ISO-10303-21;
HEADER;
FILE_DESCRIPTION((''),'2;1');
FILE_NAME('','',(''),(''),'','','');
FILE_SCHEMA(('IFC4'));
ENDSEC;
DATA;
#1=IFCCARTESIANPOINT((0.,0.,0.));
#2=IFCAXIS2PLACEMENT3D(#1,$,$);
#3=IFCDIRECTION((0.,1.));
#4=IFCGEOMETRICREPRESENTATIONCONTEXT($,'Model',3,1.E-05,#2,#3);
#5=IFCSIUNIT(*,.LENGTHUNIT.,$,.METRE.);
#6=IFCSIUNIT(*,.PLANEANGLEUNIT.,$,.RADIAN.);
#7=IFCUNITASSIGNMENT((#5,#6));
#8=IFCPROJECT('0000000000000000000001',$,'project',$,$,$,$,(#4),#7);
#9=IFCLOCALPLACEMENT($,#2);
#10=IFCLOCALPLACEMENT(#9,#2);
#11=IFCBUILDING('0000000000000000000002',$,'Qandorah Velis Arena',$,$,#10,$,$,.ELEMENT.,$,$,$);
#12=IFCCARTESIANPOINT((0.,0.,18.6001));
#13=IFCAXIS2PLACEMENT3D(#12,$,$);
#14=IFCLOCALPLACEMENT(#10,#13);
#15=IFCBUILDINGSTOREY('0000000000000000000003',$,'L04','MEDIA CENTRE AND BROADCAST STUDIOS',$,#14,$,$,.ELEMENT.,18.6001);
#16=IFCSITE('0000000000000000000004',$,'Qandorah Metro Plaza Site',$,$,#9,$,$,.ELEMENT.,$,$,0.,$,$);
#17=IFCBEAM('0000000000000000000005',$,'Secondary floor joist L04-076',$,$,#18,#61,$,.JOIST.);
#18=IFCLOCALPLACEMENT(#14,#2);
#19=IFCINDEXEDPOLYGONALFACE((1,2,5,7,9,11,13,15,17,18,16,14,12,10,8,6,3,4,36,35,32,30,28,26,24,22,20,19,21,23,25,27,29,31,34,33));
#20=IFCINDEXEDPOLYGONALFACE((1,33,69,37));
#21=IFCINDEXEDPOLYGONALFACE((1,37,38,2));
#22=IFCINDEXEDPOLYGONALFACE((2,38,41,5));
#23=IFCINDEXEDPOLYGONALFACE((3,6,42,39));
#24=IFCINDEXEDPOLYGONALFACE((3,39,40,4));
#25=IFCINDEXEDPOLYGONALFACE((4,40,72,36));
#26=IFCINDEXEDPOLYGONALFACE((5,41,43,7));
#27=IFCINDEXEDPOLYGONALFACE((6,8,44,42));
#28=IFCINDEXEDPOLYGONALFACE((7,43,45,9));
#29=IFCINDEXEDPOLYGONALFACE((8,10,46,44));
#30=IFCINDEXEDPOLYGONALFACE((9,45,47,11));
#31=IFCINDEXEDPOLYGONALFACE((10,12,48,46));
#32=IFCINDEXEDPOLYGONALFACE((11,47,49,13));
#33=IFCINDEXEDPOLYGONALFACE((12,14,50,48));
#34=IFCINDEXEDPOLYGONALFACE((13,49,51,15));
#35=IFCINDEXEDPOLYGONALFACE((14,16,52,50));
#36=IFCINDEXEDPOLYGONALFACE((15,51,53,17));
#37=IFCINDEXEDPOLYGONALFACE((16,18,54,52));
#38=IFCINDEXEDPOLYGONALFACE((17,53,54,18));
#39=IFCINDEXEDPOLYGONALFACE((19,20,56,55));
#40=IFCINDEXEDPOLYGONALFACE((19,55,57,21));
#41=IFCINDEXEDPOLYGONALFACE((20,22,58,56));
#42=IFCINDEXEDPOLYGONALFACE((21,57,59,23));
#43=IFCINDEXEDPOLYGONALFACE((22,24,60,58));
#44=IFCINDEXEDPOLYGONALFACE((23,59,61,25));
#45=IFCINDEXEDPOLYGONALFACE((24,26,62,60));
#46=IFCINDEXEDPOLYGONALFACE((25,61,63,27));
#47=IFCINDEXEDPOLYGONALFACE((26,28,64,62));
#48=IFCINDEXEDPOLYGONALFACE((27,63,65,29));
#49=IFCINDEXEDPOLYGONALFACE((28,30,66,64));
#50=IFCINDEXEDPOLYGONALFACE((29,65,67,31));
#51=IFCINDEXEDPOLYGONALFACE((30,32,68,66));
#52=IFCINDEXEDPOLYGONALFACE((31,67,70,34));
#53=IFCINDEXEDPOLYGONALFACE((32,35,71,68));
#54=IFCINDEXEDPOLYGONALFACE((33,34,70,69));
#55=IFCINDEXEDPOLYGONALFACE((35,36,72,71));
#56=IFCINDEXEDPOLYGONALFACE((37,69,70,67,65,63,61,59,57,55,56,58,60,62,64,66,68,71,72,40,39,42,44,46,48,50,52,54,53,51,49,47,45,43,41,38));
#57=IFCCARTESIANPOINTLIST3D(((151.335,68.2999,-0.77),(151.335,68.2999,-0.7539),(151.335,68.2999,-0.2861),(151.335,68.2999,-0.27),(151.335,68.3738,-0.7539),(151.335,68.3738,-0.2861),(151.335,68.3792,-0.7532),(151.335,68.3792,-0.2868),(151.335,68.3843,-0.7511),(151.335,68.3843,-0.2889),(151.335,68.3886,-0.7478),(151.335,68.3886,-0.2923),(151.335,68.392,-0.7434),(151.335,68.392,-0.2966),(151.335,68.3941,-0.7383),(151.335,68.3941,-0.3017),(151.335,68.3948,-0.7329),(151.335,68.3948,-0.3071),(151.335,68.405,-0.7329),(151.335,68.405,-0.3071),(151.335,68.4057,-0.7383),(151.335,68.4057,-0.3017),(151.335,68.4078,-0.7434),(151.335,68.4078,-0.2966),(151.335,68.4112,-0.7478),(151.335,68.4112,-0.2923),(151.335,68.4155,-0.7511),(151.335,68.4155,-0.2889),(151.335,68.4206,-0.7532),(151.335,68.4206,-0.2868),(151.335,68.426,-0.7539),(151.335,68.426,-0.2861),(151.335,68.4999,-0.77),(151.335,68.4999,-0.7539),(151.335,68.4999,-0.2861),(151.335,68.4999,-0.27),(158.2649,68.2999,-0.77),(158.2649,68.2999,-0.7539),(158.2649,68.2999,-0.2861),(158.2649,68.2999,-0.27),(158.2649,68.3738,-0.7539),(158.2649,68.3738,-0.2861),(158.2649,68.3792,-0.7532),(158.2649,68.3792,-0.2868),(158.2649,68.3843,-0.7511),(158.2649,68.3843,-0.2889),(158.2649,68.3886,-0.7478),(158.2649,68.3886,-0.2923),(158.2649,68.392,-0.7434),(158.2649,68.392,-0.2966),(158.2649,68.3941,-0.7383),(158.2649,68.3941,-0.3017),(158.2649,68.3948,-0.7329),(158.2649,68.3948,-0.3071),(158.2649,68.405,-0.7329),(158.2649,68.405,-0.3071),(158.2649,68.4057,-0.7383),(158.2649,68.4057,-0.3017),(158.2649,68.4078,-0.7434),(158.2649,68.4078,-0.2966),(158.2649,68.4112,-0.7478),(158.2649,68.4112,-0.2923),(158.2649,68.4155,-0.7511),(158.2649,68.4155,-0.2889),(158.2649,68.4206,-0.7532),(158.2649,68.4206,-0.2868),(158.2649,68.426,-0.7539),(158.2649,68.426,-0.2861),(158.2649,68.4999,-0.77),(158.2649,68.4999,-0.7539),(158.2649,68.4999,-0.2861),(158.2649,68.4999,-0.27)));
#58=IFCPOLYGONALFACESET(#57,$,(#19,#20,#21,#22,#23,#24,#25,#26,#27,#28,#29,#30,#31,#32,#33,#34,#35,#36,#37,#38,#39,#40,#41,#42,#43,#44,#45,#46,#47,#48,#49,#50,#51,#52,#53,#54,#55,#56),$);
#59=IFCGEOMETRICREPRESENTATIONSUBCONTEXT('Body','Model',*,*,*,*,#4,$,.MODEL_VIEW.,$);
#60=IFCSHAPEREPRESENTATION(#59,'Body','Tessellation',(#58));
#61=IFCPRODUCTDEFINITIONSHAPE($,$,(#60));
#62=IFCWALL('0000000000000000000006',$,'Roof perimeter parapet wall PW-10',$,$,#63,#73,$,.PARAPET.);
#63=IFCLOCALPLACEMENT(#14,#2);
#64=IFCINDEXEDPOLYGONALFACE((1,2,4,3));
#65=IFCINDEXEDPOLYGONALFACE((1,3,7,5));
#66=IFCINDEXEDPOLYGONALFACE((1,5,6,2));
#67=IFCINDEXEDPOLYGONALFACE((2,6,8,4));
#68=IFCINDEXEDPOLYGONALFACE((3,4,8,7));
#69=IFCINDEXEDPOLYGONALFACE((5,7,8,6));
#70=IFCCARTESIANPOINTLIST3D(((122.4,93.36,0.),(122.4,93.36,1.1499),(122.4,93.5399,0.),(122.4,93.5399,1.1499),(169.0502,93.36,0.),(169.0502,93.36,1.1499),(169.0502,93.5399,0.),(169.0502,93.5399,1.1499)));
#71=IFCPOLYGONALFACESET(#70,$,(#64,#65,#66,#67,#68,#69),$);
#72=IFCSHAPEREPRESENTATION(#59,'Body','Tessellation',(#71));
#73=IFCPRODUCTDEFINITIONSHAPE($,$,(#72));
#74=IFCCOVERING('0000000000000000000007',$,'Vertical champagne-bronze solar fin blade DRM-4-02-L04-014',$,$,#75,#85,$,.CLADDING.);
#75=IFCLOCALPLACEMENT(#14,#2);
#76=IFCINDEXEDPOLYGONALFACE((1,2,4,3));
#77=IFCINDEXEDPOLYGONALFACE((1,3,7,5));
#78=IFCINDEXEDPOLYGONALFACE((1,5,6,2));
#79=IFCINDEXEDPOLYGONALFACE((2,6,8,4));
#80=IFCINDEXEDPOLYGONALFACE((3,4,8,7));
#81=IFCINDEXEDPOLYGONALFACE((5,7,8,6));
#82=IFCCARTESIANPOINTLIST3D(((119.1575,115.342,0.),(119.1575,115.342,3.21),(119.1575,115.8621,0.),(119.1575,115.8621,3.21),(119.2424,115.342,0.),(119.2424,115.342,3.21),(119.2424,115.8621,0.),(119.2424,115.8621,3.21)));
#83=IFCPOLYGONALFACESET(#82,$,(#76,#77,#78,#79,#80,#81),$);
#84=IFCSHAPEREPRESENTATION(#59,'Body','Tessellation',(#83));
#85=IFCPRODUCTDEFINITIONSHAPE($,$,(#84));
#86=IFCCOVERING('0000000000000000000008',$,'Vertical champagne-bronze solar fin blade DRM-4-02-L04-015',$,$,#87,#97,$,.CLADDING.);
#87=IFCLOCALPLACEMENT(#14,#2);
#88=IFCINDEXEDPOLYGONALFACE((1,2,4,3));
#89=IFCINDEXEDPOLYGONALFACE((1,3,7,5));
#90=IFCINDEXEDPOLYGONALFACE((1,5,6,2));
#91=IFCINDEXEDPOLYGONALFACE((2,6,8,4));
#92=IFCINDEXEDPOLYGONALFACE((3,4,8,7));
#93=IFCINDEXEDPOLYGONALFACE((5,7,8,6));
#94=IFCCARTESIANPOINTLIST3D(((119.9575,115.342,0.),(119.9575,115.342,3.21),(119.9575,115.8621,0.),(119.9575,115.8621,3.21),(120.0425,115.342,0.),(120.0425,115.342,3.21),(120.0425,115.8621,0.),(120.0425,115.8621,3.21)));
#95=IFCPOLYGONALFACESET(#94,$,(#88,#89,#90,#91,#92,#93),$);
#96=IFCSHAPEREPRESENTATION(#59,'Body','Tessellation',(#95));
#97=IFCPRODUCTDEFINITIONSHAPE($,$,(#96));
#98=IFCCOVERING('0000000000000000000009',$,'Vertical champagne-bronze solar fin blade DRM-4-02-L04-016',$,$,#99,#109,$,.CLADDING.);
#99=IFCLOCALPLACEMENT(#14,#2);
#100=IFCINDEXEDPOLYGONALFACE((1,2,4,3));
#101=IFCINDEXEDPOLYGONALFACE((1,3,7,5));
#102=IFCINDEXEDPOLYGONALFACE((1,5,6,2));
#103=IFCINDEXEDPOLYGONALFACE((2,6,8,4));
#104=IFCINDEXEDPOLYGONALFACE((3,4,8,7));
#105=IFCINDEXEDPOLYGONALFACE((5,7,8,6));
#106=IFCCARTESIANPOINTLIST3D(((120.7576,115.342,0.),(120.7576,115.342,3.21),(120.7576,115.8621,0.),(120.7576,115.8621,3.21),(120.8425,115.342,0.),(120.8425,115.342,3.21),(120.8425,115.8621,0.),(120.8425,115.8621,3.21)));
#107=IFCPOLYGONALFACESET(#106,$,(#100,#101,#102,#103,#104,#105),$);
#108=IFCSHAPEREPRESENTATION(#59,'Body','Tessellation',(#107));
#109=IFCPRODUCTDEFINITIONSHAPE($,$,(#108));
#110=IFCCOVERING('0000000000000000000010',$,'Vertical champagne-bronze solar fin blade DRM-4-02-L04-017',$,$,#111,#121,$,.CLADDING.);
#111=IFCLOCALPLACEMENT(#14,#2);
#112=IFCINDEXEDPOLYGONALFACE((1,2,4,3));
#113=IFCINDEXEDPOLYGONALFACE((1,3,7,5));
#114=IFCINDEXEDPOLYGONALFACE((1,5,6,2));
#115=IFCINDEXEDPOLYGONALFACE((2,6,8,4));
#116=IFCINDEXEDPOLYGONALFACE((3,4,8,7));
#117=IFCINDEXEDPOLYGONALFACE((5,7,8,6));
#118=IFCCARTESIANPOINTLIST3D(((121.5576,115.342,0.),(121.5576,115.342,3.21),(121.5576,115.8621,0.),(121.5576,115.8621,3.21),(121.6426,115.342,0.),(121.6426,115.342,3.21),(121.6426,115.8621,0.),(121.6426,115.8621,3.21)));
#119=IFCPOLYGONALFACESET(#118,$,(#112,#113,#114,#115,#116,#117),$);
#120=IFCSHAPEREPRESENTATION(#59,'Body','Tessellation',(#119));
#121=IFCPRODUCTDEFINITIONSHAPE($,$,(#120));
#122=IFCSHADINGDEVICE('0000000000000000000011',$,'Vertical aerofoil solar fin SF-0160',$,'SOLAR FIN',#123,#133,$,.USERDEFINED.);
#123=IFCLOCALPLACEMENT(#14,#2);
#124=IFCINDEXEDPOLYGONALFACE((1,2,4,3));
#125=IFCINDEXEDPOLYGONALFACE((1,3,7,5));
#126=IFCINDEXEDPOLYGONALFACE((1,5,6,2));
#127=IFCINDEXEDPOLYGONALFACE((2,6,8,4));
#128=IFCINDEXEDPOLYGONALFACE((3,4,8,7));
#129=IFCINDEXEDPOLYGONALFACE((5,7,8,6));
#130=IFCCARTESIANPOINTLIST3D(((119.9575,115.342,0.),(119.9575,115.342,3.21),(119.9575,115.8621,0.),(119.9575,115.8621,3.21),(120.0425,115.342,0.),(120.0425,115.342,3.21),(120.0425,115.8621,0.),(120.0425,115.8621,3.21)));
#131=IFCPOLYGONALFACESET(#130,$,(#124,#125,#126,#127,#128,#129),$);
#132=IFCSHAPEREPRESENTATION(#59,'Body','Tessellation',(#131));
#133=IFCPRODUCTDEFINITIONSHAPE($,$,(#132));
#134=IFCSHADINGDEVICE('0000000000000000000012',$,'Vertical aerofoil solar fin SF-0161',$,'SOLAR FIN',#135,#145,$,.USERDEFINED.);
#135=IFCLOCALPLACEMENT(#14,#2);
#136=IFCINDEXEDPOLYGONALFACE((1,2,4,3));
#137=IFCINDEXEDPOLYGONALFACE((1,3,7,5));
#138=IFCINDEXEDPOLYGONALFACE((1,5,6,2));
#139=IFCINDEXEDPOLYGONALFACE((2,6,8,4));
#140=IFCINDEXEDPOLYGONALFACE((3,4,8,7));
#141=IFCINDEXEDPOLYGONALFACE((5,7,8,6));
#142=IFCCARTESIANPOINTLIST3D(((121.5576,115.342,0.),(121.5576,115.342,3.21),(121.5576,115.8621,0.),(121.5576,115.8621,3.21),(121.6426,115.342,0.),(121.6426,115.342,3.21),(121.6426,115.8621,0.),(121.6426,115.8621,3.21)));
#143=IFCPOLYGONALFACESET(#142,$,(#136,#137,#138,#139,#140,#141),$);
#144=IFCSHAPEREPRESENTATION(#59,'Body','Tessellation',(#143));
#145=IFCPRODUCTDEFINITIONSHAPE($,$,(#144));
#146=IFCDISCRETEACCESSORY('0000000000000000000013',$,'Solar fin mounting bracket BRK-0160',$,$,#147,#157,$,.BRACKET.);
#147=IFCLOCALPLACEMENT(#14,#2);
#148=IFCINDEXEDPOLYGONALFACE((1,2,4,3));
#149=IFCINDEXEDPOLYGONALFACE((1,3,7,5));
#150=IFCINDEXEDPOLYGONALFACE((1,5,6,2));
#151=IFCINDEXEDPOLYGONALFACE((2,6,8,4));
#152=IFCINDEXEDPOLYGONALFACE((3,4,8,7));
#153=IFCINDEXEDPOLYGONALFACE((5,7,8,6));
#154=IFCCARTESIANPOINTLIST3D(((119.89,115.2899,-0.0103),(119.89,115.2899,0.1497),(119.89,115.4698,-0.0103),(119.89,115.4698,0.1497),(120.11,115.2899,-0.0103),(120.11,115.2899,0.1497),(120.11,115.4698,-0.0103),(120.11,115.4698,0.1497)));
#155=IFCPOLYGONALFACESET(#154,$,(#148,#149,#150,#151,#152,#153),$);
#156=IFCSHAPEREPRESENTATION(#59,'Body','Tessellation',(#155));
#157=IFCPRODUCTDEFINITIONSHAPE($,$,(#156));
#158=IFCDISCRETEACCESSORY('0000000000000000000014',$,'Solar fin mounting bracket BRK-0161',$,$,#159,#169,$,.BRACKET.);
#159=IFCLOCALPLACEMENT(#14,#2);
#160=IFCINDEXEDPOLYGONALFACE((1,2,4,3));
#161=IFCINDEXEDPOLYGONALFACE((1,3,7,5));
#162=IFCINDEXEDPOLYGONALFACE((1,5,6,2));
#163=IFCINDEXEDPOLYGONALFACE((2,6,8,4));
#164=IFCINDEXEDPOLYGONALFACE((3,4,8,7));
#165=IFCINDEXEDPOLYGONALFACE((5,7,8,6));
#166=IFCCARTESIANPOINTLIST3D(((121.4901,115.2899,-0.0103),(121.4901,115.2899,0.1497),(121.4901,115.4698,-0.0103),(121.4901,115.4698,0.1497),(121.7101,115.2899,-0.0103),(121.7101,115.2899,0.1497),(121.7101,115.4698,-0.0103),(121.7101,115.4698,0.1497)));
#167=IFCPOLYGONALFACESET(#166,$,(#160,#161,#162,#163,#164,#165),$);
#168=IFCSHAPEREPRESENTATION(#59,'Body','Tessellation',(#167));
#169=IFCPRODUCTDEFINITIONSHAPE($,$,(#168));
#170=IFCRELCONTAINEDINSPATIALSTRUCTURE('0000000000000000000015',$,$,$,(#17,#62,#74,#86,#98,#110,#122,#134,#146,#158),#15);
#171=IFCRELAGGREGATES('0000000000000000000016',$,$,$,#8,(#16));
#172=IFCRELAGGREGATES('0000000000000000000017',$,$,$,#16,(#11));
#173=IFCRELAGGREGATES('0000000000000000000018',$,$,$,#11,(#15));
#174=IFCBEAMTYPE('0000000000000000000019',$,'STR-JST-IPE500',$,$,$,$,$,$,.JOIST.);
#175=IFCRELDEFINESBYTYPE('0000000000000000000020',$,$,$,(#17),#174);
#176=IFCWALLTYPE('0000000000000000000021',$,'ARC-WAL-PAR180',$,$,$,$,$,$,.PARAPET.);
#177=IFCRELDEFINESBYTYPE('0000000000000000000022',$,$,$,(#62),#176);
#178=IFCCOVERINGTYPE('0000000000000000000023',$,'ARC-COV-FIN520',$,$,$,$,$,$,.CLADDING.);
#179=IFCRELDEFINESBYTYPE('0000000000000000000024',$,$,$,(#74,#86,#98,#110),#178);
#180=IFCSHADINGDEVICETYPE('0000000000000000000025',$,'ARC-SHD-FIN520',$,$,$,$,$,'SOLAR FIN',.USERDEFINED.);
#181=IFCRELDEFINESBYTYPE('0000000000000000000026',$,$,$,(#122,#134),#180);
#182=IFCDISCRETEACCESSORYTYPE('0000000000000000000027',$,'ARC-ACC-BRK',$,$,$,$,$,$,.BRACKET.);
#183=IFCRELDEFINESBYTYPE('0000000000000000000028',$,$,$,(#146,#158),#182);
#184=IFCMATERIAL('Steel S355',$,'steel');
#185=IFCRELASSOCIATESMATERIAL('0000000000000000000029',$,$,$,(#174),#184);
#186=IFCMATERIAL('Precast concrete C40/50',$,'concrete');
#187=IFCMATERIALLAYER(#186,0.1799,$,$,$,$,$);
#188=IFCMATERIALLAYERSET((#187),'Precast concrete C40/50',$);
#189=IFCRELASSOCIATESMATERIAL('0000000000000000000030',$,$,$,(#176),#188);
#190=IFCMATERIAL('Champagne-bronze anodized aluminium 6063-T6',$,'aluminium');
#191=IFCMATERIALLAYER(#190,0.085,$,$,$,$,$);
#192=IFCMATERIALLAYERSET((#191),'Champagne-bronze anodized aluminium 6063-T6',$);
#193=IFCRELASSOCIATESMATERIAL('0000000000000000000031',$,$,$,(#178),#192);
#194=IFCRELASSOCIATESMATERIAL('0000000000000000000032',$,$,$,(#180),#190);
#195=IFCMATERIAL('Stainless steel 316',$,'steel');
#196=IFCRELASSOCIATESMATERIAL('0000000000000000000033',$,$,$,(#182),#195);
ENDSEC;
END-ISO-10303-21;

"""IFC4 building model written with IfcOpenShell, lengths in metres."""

from ifc_helpers import new_model, si_unit, direction, frame, frame_2d, origin, origin_2d, place, context, subcontext, project, spatial, rectangle, i_section, extrude, material, layer, layer_set, material_profile, profile_set, type_object, element, save


model = new_model("IFC4")

# Units and contexts
model_context = context("Model", 3, precision=1e-05, world=origin(), true_north=direction((0.0, 1.0)))
body_context = subcontext(model_context, "Body", "Model", "MODEL_VIEW")
ifc_project = project(units=[si_unit("LENGTHUNIT", "METRE"), si_unit("PLANEANGLEUNIT", "RADIAN")], contexts=[model_context])

# Site, building, storey
site_placement = place(None, origin())
site = spatial("IfcSite", under=ifc_project, at=site_placement, Name="Qandorah Metro Plaza Site", CompositionType="ELEMENT", RefElevation=0.0)
building_placement = place(site_placement, origin())
building = spatial("IfcBuilding", under=site, at=building_placement, Name="Qandorah Velis Arena", CompositionType="ELEMENT")
storey_placement = place(building_placement, frame((0.0, 0.0, 18.6001)))
storey = spatial("IfcBuildingStorey", under=building, at=storey_placement, Name="L04", Description="MEDIA CENTRE AND BROADCAST STUDIOS", CompositionType="ELEMENT", Elevation=18.6001)

# Beam
ifc_material_1 = material(Name="Steel S355", Category="steel")
ifc_material_profile_1 = material_profile(ifc_material_1, i_section(OverallWidth=0.2, OverallDepth=0.5, WebThickness=0.0103, FlangeThickness=0.0161, FilletRadius=0.021, at=origin_2d()), Name="IPE 500")
ifc_profile_set_1 = profile_set([ifc_material_profile_1], Name="Steel S355")
beam_type_1 = type_object("IfcBeamType", Name="STR-JST-IPE500", PredefinedType="JOIST", material=ifc_profile_set_1)
beam_1_placement = place(storey_placement, frame((151.335, 68.3999, -0.52), z_axis=(1.0, 0.0, 0.0), x_axis=(0.0, 1.0, 0.0)))
element("IfcBeam", 1, at=beam_1_placement, inside=storey, type_object=beam_type_1, Name="Secondary floor joist L04-076", PredefinedType="JOIST", context=body_context, shape_type="SweptSolid", body=[
    extrude(i_section(OverallWidth=0.2, OverallDepth=0.5, WebThickness=0.0103, FlangeThickness=0.0161, FilletRadius=0.021, at=origin_2d()), origin(), (0.0, 0.0, 1.0), 6.9299),
])

# Wall
ifc_material_2 = material(Name="Precast concrete C40/50", Category="concrete")
ifc_layer_1 = layer(ifc_material_2, 0.1799)
ifc_layer_set_1 = layer_set([ifc_layer_1], Name="Precast concrete C40/50")
wall_type = type_object("IfcWallType", Name="ARC-WAL-PAR180", PredefinedType="PARAPET", material=ifc_layer_set_1)
wall_placement = place(storey_placement, frame((122.3999, 93.45, 0.0), z_axis=(0.0, 0.0, 1.0), x_axis=(1.0, 0.0, 0.0)))
element("IfcWall", 2, at=wall_placement, inside=storey, type_object=wall_type, Name="Roof perimeter parapet wall PW-10", PredefinedType="PARAPET", context=body_context, shape_type="SweptSolid", body=[
    extrude(rectangle(XDim=46.6501, YDim=0.1799, at=frame_2d((23.3252, 0.0))), origin(), (0.0, 0.0, 1.0), 1.1499),
])

# Coverings
ifc_material_3 = material(Name="Champagne-bronze anodized aluminium 6063-T6", Category="aluminium")
ifc_layer_2 = layer(ifc_material_3, 0.085)
ifc_layer_set_2 = layer_set([ifc_layer_2], Name="Champagne-bronze anodized aluminium 6063-T6")
covering_type = type_object("IfcCoveringType", Name="ARC-COV-FIN520", PredefinedType="CLADDING", material=ifc_layer_set_2)
for number, where, z_axis, x_axis, name in (
    (3, (119.2, 115.6021, 0.0), (0.0, 0.0, 1.0), (1.0, 0.0, 0.0), "Vertical champagne-bronze solar fin blade DRM-4-02-L04-014"),
    (4, (120.0, 115.6021, 0.0), (0.0, 0.0, 1.0), (1.0, 0.0, 0.0), "Vertical champagne-bronze solar fin blade DRM-4-02-L04-015"),
    (5, (120.8, 115.6021, 0.0), (0.0, 0.0, 1.0), (1.0, 0.0, 0.0), "Vertical champagne-bronze solar fin blade DRM-4-02-L04-016"),
    (6, (121.6001, 115.6021, 0.0), (0.0, 0.0, 1.0), (1.0, 0.0, 0.0), "Vertical champagne-bronze solar fin blade DRM-4-02-L04-017"),
):
    element("IfcCovering", number, at=place(storey_placement, frame(where, z_axis=z_axis, x_axis=x_axis)), inside=storey, type_object=covering_type, Name=name, PredefinedType="CLADDING", context=body_context, shape_type="SweptSolid", body=[
        extrude(rectangle(XDim=0.085, YDim=0.52, at=origin_2d()), origin(), (0.0, 0.0, 1.0), 3.21),
    ])

# Shading devices
shading_device_type = type_object("IfcShadingDeviceType", Name="ARC-SHD-FIN520", ElementType="SOLAR FIN", PredefinedType="USERDEFINED", material=ifc_material_3)
for number, where, z_axis, x_axis, name in (
    (7, (120.0, 115.6021, 0.0), (0.0, 0.0, 1.0), (1.0, 0.0, 0.0), "Vertical aerofoil solar fin SF-0160"),
    (8, (121.6001, 115.6021, 0.0), (0.0, 0.0, 1.0), (1.0, 0.0, 0.0), "Vertical aerofoil solar fin SF-0161"),
):
    element("IfcShadingDevice", number, at=place(storey_placement, frame(where, z_axis=z_axis, x_axis=x_axis)), inside=storey, type_object=shading_device_type, Name=name, ObjectType="SOLAR FIN", PredefinedType="USERDEFINED", context=body_context, shape_type="SweptSolid", body=[
        extrude(rectangle(XDim=0.085, YDim=0.52, at=origin_2d()), origin(), (0.0, 0.0, 1.0), 3.21),
    ])

# Discrete accessories
ifc_material_4 = material(Name="Stainless steel 316", Category="steel")
discrete_accessory_type = type_object("IfcDiscreteAccessoryType", Name="ARC-ACC-BRK", PredefinedType="BRACKET", material=ifc_material_4)
for number, where, z_axis, x_axis, name in (
    (9, (120.0, 115.3799, -0.0103), (0.0, 0.0, 1.0), (1.0, 0.0, 0.0), "Solar fin mounting bracket BRK-0160"),
    (10, (121.6001, 115.3799, -0.0103), (0.0, 0.0, 1.0), (1.0, 0.0, 0.0), "Solar fin mounting bracket BRK-0161"),
):
    element("IfcDiscreteAccessory", number, at=place(storey_placement, frame(where, z_axis=z_axis, x_axis=x_axis)), inside=storey, type_object=discrete_accessory_type, Name=name, PredefinedType="BRACKET", context=body_context, shape_type="SweptSolid", body=[
        extrude(rectangle(XDim=0.22, YDim=0.1799, at=origin_2d()), origin(), (0.0, 0.0, 1.0), 0.1599),
    ])

save(model, "model.ifc")
